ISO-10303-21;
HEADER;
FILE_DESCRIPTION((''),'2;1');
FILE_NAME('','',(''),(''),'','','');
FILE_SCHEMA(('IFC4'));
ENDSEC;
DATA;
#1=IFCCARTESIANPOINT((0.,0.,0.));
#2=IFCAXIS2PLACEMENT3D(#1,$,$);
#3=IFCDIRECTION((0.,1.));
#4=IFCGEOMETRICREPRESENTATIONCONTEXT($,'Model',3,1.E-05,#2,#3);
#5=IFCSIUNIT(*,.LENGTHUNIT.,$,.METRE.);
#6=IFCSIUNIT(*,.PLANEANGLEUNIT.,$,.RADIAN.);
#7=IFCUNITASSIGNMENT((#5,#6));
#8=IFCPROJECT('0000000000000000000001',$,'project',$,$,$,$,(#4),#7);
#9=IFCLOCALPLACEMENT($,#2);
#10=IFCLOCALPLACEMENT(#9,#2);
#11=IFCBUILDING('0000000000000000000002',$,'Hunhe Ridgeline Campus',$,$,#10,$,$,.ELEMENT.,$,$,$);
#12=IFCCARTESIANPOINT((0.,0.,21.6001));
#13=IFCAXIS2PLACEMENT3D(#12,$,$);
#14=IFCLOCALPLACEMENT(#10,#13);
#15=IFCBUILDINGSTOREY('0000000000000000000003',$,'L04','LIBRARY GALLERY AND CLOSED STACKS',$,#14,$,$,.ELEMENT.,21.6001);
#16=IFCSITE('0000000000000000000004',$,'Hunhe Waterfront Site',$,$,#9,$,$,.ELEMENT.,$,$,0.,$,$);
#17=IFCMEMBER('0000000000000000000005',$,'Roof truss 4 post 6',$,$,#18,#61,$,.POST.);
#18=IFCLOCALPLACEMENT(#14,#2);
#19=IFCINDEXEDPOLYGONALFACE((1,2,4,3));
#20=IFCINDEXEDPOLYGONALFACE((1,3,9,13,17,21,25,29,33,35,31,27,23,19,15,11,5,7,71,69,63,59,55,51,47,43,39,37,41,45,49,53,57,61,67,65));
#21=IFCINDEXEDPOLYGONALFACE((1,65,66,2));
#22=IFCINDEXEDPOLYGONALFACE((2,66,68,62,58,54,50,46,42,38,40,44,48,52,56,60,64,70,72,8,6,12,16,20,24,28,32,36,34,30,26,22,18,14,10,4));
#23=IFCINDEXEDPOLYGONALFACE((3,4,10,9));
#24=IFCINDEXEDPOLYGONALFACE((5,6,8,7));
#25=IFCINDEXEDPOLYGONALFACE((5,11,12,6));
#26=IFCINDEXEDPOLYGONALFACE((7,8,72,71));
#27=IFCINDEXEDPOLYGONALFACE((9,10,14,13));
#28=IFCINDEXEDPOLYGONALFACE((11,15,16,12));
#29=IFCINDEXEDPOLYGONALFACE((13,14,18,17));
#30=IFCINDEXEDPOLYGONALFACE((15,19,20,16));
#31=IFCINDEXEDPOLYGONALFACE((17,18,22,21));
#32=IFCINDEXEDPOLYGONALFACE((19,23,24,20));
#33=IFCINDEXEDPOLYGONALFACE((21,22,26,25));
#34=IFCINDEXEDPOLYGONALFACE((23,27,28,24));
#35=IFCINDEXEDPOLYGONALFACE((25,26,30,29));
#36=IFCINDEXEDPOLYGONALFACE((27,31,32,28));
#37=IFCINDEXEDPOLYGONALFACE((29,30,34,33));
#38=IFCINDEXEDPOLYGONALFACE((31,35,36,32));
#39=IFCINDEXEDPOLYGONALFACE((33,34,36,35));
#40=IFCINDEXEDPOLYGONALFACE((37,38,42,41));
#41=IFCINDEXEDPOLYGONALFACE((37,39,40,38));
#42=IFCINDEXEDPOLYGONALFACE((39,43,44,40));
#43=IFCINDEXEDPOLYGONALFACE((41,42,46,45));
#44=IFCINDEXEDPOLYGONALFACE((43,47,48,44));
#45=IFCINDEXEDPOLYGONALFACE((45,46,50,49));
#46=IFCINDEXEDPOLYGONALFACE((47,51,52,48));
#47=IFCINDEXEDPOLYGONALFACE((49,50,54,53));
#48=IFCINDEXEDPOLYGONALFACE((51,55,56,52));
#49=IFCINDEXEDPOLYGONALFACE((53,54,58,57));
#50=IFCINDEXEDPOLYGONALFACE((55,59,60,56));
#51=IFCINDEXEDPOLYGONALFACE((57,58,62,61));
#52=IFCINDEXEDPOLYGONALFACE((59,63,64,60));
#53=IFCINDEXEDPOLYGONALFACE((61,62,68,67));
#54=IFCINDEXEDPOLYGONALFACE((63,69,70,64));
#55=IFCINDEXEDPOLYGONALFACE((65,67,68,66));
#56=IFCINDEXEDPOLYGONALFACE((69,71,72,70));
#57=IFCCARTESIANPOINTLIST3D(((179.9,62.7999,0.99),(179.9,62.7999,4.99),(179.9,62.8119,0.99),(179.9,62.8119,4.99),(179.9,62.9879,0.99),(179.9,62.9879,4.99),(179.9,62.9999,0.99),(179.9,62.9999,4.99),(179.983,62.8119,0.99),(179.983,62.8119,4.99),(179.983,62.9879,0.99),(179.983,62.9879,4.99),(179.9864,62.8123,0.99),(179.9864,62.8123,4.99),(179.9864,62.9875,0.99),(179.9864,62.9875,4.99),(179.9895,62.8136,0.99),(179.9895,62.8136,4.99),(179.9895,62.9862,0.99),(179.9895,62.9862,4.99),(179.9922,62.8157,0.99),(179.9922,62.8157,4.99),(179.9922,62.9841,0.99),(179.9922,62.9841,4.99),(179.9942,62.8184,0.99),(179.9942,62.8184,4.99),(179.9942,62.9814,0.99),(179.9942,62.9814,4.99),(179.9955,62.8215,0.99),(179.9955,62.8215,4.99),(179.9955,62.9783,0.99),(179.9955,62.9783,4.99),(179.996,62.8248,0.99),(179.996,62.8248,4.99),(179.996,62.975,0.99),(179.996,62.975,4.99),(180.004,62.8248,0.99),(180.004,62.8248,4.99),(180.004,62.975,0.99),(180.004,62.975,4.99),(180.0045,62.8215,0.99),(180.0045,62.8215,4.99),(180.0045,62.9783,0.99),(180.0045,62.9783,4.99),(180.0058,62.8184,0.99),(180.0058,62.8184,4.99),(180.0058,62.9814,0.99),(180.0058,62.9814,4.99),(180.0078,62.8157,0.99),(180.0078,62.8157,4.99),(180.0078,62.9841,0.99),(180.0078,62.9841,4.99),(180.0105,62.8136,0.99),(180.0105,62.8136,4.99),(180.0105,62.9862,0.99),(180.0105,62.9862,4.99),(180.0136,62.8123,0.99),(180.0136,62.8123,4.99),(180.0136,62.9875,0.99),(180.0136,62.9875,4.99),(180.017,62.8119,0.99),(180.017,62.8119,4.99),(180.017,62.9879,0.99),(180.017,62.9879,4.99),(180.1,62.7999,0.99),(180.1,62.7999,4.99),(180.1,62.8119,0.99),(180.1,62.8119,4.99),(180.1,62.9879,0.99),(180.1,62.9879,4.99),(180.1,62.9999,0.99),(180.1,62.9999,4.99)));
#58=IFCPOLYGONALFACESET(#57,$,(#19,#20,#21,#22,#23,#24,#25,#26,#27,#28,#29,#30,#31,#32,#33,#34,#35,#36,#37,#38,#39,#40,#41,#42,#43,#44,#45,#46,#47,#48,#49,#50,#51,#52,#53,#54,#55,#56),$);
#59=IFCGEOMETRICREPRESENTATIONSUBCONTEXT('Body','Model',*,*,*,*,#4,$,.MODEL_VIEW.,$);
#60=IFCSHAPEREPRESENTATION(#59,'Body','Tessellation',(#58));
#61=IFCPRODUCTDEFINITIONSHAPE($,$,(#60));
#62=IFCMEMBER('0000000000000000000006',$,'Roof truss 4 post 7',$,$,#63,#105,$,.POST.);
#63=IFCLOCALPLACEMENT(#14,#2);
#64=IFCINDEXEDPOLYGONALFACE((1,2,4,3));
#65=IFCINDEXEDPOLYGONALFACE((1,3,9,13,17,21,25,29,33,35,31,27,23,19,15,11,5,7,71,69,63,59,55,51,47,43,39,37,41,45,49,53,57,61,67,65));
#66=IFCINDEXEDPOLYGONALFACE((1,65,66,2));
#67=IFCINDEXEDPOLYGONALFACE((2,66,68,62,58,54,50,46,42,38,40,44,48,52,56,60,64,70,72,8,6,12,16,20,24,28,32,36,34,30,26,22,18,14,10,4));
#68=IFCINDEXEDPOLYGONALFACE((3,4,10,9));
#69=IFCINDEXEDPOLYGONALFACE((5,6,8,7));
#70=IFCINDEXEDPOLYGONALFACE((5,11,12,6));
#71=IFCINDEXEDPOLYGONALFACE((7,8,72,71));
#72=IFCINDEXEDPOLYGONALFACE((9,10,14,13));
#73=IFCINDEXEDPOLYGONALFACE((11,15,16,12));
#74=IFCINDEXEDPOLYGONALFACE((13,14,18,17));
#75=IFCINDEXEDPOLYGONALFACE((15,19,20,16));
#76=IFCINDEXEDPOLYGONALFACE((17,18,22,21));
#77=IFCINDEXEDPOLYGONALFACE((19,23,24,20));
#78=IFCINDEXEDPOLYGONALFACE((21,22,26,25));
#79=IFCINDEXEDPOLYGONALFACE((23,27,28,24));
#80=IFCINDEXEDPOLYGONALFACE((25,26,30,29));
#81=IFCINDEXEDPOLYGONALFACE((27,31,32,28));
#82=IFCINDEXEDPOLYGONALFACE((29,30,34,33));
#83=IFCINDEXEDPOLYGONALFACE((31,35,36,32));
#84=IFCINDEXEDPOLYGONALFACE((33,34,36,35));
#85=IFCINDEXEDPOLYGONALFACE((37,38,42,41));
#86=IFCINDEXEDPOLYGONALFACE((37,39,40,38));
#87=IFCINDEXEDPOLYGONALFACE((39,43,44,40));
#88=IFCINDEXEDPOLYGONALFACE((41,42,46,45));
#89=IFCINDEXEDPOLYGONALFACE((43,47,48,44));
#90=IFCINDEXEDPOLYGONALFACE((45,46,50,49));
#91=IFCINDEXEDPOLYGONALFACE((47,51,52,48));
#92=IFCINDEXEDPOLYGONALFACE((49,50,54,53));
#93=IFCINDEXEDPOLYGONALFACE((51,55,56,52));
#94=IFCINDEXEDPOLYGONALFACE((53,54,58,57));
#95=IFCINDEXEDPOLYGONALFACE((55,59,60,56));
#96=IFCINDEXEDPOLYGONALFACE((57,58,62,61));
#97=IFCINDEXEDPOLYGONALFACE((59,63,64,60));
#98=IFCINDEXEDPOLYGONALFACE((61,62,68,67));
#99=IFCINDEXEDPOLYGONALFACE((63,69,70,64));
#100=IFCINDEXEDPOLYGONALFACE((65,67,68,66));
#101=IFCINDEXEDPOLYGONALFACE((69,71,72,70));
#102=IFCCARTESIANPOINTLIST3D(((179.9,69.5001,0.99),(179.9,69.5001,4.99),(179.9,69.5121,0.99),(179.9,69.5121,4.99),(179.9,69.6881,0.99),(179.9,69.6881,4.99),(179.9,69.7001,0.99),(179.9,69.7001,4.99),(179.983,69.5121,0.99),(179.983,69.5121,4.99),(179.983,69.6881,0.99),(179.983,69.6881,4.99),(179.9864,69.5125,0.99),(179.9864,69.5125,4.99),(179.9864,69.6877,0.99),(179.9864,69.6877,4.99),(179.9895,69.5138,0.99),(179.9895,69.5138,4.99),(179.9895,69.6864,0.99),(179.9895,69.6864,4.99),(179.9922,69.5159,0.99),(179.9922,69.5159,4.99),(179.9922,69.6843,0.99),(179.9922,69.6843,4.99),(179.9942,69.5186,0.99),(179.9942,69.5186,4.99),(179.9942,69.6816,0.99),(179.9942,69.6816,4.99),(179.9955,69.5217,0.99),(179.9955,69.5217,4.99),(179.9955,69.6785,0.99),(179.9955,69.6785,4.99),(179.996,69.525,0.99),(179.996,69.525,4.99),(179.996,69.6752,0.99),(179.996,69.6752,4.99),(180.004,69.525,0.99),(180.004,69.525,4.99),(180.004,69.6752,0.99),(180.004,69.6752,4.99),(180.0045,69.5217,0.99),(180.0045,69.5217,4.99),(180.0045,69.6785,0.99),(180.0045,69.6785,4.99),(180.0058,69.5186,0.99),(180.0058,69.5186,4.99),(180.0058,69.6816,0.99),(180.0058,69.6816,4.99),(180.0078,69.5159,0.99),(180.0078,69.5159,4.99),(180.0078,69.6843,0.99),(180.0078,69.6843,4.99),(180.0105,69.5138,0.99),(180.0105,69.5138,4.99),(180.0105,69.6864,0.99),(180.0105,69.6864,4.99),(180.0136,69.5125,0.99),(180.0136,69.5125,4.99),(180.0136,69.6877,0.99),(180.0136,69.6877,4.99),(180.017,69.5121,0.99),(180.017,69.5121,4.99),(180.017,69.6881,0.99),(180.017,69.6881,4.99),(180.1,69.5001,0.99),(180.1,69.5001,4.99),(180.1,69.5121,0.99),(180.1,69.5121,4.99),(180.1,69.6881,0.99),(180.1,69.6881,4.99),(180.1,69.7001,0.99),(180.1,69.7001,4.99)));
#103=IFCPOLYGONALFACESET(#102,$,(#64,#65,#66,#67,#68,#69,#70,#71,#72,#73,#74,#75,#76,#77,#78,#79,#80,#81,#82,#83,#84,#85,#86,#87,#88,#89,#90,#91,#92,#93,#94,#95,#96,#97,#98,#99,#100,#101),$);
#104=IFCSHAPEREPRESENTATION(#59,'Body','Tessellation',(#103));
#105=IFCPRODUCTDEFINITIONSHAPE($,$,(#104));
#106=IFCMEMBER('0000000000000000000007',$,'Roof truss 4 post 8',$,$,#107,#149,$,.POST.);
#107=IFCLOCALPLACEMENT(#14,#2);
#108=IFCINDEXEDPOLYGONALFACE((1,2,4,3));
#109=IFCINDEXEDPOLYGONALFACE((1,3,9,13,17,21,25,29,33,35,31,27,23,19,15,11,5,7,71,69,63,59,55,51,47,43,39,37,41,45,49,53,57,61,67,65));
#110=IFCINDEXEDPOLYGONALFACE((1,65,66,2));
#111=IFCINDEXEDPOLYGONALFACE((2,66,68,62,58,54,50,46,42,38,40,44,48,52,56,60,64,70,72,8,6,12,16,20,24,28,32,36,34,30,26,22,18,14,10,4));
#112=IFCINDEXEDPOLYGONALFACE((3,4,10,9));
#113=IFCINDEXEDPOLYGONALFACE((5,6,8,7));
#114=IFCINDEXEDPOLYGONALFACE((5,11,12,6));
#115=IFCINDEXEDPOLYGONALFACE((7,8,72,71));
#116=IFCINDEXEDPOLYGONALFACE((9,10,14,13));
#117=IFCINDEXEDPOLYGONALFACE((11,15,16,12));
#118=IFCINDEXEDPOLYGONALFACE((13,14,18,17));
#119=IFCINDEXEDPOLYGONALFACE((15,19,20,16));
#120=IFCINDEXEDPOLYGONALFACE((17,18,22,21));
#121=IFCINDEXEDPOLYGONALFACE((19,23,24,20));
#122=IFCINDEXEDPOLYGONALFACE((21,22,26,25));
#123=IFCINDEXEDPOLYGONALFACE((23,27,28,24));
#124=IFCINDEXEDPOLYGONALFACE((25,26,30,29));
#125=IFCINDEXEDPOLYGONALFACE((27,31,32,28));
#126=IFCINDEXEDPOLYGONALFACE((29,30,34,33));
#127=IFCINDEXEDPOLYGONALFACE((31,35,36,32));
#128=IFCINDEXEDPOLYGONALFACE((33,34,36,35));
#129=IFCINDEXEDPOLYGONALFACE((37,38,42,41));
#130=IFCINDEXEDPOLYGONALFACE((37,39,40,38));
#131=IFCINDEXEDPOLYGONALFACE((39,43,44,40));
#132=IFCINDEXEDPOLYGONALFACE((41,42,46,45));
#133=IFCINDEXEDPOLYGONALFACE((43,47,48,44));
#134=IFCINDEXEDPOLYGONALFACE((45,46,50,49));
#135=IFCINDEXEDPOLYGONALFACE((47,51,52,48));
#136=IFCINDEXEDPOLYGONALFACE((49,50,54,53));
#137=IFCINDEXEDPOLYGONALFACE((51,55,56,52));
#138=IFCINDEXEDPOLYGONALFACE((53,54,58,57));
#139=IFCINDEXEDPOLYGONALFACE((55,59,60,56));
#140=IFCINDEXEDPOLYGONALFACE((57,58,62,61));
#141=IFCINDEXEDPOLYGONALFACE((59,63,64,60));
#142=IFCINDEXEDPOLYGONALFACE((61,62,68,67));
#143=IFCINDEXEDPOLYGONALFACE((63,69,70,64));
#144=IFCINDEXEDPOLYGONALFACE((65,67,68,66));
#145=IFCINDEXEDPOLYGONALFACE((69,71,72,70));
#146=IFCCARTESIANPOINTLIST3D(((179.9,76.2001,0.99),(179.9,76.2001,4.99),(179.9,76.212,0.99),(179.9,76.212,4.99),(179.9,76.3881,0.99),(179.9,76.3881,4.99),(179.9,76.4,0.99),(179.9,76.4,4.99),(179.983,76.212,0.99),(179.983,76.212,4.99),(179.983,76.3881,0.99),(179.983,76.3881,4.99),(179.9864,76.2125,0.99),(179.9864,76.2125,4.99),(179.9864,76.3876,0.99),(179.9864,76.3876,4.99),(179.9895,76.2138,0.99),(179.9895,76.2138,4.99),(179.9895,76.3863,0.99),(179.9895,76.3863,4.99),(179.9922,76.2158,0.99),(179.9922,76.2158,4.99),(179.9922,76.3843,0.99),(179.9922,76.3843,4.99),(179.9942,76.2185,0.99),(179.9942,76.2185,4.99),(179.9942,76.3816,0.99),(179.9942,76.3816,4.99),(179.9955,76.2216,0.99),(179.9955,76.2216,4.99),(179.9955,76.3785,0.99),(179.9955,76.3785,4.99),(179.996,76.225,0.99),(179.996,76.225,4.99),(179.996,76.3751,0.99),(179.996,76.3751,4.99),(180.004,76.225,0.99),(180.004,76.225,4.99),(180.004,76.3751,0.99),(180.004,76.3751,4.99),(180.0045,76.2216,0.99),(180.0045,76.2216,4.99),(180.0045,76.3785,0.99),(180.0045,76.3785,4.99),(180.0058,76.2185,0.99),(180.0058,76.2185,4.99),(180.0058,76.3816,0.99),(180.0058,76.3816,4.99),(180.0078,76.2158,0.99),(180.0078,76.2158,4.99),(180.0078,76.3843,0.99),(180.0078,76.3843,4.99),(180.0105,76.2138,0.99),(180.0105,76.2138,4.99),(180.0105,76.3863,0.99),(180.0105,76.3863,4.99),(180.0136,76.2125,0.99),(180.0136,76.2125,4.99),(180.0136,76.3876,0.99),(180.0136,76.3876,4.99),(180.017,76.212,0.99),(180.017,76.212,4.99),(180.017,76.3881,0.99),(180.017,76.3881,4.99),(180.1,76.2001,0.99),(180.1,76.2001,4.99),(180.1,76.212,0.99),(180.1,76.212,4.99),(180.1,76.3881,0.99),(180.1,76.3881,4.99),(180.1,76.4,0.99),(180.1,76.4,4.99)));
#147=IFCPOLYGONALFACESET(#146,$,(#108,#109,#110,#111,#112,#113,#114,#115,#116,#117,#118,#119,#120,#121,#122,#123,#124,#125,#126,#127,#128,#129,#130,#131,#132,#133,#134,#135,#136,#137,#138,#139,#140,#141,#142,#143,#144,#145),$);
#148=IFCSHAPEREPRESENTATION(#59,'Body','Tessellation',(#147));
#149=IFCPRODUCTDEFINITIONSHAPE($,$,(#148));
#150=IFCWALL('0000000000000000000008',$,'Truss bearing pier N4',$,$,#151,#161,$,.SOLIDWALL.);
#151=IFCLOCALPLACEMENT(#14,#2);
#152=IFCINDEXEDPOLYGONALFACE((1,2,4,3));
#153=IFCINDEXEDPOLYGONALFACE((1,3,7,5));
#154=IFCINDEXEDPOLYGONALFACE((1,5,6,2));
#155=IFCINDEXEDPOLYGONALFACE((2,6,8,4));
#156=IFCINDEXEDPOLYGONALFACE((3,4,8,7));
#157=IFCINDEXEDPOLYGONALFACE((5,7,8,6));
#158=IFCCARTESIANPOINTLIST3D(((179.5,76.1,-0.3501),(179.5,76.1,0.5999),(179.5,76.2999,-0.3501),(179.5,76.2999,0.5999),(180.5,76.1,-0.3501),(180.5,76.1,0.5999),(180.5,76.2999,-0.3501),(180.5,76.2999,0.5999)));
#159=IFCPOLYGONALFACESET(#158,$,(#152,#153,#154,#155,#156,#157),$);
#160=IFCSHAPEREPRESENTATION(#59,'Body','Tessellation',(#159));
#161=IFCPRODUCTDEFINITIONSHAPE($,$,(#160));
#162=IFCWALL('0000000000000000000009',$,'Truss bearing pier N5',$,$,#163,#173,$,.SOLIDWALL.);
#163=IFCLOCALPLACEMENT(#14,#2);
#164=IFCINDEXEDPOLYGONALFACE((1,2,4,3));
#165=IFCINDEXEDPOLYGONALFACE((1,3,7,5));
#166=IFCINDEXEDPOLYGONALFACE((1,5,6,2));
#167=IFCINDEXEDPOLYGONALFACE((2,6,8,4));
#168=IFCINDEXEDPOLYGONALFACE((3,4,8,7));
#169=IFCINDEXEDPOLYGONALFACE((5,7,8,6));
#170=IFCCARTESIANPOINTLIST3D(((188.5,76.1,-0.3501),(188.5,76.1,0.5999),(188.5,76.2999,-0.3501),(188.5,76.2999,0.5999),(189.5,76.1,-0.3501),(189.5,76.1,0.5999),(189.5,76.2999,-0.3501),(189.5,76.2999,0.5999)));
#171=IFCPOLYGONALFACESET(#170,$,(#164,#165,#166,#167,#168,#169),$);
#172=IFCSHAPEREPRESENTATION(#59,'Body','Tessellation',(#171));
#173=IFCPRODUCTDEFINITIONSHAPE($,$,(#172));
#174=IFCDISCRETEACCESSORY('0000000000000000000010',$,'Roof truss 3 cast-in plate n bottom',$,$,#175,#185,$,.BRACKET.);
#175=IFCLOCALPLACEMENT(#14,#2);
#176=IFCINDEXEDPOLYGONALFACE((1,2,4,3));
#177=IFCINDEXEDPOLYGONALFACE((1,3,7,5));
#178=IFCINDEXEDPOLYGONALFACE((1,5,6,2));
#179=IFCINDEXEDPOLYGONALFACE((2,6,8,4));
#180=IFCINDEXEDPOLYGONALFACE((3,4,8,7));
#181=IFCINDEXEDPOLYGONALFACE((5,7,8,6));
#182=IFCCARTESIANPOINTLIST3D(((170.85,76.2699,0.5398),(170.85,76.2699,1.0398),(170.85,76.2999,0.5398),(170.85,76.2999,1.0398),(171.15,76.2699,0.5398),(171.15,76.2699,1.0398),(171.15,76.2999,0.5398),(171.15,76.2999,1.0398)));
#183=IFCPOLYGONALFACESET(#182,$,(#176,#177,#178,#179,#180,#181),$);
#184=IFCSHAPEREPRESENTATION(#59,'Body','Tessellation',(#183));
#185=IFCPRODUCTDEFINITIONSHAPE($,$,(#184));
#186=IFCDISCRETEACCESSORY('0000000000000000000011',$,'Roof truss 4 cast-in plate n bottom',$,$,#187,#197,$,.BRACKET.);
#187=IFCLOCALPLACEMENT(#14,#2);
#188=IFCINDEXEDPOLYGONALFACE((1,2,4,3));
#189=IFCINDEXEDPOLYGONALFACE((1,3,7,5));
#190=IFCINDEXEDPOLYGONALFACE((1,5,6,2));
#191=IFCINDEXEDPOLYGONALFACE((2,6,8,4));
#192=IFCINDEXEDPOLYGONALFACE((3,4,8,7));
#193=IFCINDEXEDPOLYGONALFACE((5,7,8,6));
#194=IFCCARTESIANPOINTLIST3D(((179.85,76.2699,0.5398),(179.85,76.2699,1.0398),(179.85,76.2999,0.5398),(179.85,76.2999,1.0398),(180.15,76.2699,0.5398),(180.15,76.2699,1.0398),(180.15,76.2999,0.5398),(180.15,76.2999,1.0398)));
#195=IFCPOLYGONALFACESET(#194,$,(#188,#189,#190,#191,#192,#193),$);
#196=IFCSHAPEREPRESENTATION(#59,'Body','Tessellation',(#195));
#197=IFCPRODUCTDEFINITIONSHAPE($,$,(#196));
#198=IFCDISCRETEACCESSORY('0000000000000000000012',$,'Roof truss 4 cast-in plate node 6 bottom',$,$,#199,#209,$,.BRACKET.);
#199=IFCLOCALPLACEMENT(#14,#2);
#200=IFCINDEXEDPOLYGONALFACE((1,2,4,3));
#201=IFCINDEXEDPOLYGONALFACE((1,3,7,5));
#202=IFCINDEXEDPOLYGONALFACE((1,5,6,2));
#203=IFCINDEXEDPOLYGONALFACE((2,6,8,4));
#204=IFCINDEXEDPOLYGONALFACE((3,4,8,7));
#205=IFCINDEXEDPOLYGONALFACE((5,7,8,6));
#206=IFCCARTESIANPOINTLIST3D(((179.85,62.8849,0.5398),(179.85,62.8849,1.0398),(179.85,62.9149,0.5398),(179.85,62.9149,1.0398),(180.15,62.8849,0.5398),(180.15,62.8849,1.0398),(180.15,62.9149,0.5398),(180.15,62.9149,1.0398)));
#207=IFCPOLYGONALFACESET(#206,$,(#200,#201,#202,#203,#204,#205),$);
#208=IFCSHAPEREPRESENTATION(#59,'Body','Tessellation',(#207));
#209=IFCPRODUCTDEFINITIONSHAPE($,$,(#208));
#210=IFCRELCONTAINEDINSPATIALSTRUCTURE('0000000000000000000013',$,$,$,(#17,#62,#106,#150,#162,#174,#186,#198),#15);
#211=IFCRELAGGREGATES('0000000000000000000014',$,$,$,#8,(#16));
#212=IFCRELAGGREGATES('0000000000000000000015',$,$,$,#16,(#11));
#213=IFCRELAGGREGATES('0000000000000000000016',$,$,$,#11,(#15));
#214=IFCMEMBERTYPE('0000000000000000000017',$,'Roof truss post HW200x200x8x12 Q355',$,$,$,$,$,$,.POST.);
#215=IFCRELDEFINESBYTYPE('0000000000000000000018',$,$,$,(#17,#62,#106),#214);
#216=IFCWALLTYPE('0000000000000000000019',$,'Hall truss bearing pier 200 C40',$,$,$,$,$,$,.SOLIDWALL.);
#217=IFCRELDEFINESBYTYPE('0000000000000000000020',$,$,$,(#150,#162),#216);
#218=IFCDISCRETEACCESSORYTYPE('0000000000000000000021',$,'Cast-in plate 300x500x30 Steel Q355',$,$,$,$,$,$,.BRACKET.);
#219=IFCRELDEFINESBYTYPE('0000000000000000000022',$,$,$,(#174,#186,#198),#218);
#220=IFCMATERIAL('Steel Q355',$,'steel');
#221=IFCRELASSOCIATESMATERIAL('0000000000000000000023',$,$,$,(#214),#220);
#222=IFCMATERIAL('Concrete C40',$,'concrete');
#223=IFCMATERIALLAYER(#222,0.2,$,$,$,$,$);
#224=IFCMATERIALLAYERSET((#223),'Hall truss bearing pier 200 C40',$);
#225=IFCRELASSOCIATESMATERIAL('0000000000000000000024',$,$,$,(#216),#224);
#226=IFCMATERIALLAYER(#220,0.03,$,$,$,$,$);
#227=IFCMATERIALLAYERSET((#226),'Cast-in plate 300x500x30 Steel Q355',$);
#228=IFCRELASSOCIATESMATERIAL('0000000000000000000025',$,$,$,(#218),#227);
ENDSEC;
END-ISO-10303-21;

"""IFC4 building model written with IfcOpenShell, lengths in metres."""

from ifc_helpers import new_model, si_unit, direction, frame, frame_2d, origin, origin_2d, place, context, subcontext, project, spatial, rectangle, i_section, extrude, material, layer, layer_set, material_profile, profile_set, type_object, element, save


model = new_model("IFC4")

# Units and contexts
model_context = context("Model", 3, precision=1e-05, world=origin(), true_north=direction((0.0, 1.0)))
body_context = subcontext(model_context, "Body", "Model", "MODEL_VIEW")
ifc_project = project(units=[si_unit("LENGTHUNIT", "METRE"), si_unit("PLANEANGLEUNIT", "RADIAN")], contexts=[model_context])

# Site, building, storey
site_placement = place(None, origin())
site = spatial("IfcSite", under=ifc_project, at=site_placement, Name="Hunhe Waterfront Site", CompositionType="ELEMENT", RefElevation=0.0)
building_placement = place(site_placement, origin())
building = spatial("IfcBuilding", under=site, at=building_placement, Name="Hunhe Ridgeline Campus", CompositionType="ELEMENT")
storey_placement = place(building_placement, frame((0.0, 0.0, 21.6001)))
storey = spatial("IfcBuildingStorey", under=building, at=storey_placement, Name="L04", Description="LIBRARY GALLERY AND CLOSED STACKS", CompositionType="ELEMENT", Elevation=21.6001)

# Members
ifc_material_1 = material(Name="Steel Q355", Category="steel")
ifc_material_profile_1 = material_profile(ifc_material_1, i_section(OverallWidth=0.2, OverallDepth=0.2, WebThickness=0.0081, FlangeThickness=0.012, FilletRadius=0.0129, at=origin_2d()))
ifc_profile_set_1 = profile_set([ifc_material_profile_1], Name="Steel Q355")
member_type_1 = type_object("IfcMemberType", Name="Roof truss post HW200x200x8x12 Q355", PredefinedType="POST", material=ifc_profile_set_1)
for number, where, z_axis, x_axis, name in (
    (1, (180.0, 62.8999, 0.99), (0.0, 0.0, 1.0), (1.0, 0.0, 0.0), "Roof truss 4 post 6"),
    (2, (180.0, 69.6001, 0.99), (0.0, 0.0, 1.0), (1.0, 0.0, 0.0), "Roof truss 4 post 7"),
    (3, (180.0, 76.3, 0.99), (0.0, 0.0, 1.0), (1.0, 0.0, 0.0), "Roof truss 4 post 8"),
):
    element("IfcMember", number, at=place(storey_placement, frame(where, z_axis=z_axis, x_axis=x_axis)), inside=storey, type_object=member_type_1, Name=name, PredefinedType="POST", context=body_context, shape_type="SweptSolid", body=[
        extrude(i_section(OverallWidth=0.2, OverallDepth=0.2, WebThickness=0.0081, FlangeThickness=0.012, FilletRadius=0.0129, at=origin_2d()), origin(), (0.0, 0.0, 1.0), 4.0),
    ])

# Walls
ifc_material_2 = material(Name="Concrete C40", Category="concrete")
ifc_layer_1 = layer(ifc_material_2, 0.2)
ifc_layer_set_1 = layer_set([ifc_layer_1], Name="Hall truss bearing pier 200 C40")
wall_type = type_object("IfcWallType", Name="Hall truss bearing pier 200 C40", PredefinedType="SOLIDWALL", material=ifc_layer_set_1)
for number, where, z_axis, x_axis, name in (
    (4, (179.5, 76.2, -0.3501), (0.0, 0.0, 1.0), (1.0, 0.0, 0.0), "Truss bearing pier N4"),
    (5, (188.5, 76.2, -0.3501), (0.0, 0.0, 1.0), (1.0, 0.0, 0.0), "Truss bearing pier N5"),
):
    element("IfcWall", number, at=place(storey_placement, frame(where, z_axis=z_axis, x_axis=x_axis)), inside=storey, type_object=wall_type, Name=name, PredefinedType="SOLIDWALL", context=body_context, shape_type="SweptSolid", body=[
        extrude(rectangle(XDim=1.0, YDim=0.2, at=frame_2d((0.5, 0.0))), origin(), (0.0, 0.0, 1.0), 0.95),
    ])

# Discrete accessories
ifc_layer_2 = layer(ifc_material_1, 0.03)
ifc_layer_set_2 = layer_set([ifc_layer_2], Name="Cast-in plate 300x500x30 Steel Q355")
discrete_accessory_type = type_object("IfcDiscreteAccessoryType", Name="Cast-in plate 300x500x30 Steel Q355", PredefinedType="BRACKET", material=ifc_layer_set_2)
for number, where, z_axis, x_axis, name in (
    (6, (171.0, 76.2849, 0.5398), (0.0, 0.0, 1.0), (0.0, 1.0, 0.0), "Roof truss 3 cast-in plate n bottom"),
    (7, (180.0, 76.2849, 0.5398), (0.0, 0.0, 1.0), (0.0, 1.0, 0.0), "Roof truss 4 cast-in plate n bottom"),
    (8, (180.0, 62.8999, 0.5398), (0.0, 0.0, 1.0), (0.0, 1.0, 0.0), "Roof truss 4 cast-in plate node 6 bottom"),
):
    element("IfcDiscreteAccessory", number, at=place(storey_placement, frame(where, z_axis=z_axis, x_axis=x_axis)), inside=storey, type_object=discrete_accessory_type, Name=name, PredefinedType="BRACKET", context=body_context, shape_type="SweptSolid", body=[
        extrude(rectangle(XDim=0.03, YDim=0.3, at=origin_2d()), origin(), (0.0, 0.0, 1.0), 0.5),
    ])

save(model, "model.ifc")
